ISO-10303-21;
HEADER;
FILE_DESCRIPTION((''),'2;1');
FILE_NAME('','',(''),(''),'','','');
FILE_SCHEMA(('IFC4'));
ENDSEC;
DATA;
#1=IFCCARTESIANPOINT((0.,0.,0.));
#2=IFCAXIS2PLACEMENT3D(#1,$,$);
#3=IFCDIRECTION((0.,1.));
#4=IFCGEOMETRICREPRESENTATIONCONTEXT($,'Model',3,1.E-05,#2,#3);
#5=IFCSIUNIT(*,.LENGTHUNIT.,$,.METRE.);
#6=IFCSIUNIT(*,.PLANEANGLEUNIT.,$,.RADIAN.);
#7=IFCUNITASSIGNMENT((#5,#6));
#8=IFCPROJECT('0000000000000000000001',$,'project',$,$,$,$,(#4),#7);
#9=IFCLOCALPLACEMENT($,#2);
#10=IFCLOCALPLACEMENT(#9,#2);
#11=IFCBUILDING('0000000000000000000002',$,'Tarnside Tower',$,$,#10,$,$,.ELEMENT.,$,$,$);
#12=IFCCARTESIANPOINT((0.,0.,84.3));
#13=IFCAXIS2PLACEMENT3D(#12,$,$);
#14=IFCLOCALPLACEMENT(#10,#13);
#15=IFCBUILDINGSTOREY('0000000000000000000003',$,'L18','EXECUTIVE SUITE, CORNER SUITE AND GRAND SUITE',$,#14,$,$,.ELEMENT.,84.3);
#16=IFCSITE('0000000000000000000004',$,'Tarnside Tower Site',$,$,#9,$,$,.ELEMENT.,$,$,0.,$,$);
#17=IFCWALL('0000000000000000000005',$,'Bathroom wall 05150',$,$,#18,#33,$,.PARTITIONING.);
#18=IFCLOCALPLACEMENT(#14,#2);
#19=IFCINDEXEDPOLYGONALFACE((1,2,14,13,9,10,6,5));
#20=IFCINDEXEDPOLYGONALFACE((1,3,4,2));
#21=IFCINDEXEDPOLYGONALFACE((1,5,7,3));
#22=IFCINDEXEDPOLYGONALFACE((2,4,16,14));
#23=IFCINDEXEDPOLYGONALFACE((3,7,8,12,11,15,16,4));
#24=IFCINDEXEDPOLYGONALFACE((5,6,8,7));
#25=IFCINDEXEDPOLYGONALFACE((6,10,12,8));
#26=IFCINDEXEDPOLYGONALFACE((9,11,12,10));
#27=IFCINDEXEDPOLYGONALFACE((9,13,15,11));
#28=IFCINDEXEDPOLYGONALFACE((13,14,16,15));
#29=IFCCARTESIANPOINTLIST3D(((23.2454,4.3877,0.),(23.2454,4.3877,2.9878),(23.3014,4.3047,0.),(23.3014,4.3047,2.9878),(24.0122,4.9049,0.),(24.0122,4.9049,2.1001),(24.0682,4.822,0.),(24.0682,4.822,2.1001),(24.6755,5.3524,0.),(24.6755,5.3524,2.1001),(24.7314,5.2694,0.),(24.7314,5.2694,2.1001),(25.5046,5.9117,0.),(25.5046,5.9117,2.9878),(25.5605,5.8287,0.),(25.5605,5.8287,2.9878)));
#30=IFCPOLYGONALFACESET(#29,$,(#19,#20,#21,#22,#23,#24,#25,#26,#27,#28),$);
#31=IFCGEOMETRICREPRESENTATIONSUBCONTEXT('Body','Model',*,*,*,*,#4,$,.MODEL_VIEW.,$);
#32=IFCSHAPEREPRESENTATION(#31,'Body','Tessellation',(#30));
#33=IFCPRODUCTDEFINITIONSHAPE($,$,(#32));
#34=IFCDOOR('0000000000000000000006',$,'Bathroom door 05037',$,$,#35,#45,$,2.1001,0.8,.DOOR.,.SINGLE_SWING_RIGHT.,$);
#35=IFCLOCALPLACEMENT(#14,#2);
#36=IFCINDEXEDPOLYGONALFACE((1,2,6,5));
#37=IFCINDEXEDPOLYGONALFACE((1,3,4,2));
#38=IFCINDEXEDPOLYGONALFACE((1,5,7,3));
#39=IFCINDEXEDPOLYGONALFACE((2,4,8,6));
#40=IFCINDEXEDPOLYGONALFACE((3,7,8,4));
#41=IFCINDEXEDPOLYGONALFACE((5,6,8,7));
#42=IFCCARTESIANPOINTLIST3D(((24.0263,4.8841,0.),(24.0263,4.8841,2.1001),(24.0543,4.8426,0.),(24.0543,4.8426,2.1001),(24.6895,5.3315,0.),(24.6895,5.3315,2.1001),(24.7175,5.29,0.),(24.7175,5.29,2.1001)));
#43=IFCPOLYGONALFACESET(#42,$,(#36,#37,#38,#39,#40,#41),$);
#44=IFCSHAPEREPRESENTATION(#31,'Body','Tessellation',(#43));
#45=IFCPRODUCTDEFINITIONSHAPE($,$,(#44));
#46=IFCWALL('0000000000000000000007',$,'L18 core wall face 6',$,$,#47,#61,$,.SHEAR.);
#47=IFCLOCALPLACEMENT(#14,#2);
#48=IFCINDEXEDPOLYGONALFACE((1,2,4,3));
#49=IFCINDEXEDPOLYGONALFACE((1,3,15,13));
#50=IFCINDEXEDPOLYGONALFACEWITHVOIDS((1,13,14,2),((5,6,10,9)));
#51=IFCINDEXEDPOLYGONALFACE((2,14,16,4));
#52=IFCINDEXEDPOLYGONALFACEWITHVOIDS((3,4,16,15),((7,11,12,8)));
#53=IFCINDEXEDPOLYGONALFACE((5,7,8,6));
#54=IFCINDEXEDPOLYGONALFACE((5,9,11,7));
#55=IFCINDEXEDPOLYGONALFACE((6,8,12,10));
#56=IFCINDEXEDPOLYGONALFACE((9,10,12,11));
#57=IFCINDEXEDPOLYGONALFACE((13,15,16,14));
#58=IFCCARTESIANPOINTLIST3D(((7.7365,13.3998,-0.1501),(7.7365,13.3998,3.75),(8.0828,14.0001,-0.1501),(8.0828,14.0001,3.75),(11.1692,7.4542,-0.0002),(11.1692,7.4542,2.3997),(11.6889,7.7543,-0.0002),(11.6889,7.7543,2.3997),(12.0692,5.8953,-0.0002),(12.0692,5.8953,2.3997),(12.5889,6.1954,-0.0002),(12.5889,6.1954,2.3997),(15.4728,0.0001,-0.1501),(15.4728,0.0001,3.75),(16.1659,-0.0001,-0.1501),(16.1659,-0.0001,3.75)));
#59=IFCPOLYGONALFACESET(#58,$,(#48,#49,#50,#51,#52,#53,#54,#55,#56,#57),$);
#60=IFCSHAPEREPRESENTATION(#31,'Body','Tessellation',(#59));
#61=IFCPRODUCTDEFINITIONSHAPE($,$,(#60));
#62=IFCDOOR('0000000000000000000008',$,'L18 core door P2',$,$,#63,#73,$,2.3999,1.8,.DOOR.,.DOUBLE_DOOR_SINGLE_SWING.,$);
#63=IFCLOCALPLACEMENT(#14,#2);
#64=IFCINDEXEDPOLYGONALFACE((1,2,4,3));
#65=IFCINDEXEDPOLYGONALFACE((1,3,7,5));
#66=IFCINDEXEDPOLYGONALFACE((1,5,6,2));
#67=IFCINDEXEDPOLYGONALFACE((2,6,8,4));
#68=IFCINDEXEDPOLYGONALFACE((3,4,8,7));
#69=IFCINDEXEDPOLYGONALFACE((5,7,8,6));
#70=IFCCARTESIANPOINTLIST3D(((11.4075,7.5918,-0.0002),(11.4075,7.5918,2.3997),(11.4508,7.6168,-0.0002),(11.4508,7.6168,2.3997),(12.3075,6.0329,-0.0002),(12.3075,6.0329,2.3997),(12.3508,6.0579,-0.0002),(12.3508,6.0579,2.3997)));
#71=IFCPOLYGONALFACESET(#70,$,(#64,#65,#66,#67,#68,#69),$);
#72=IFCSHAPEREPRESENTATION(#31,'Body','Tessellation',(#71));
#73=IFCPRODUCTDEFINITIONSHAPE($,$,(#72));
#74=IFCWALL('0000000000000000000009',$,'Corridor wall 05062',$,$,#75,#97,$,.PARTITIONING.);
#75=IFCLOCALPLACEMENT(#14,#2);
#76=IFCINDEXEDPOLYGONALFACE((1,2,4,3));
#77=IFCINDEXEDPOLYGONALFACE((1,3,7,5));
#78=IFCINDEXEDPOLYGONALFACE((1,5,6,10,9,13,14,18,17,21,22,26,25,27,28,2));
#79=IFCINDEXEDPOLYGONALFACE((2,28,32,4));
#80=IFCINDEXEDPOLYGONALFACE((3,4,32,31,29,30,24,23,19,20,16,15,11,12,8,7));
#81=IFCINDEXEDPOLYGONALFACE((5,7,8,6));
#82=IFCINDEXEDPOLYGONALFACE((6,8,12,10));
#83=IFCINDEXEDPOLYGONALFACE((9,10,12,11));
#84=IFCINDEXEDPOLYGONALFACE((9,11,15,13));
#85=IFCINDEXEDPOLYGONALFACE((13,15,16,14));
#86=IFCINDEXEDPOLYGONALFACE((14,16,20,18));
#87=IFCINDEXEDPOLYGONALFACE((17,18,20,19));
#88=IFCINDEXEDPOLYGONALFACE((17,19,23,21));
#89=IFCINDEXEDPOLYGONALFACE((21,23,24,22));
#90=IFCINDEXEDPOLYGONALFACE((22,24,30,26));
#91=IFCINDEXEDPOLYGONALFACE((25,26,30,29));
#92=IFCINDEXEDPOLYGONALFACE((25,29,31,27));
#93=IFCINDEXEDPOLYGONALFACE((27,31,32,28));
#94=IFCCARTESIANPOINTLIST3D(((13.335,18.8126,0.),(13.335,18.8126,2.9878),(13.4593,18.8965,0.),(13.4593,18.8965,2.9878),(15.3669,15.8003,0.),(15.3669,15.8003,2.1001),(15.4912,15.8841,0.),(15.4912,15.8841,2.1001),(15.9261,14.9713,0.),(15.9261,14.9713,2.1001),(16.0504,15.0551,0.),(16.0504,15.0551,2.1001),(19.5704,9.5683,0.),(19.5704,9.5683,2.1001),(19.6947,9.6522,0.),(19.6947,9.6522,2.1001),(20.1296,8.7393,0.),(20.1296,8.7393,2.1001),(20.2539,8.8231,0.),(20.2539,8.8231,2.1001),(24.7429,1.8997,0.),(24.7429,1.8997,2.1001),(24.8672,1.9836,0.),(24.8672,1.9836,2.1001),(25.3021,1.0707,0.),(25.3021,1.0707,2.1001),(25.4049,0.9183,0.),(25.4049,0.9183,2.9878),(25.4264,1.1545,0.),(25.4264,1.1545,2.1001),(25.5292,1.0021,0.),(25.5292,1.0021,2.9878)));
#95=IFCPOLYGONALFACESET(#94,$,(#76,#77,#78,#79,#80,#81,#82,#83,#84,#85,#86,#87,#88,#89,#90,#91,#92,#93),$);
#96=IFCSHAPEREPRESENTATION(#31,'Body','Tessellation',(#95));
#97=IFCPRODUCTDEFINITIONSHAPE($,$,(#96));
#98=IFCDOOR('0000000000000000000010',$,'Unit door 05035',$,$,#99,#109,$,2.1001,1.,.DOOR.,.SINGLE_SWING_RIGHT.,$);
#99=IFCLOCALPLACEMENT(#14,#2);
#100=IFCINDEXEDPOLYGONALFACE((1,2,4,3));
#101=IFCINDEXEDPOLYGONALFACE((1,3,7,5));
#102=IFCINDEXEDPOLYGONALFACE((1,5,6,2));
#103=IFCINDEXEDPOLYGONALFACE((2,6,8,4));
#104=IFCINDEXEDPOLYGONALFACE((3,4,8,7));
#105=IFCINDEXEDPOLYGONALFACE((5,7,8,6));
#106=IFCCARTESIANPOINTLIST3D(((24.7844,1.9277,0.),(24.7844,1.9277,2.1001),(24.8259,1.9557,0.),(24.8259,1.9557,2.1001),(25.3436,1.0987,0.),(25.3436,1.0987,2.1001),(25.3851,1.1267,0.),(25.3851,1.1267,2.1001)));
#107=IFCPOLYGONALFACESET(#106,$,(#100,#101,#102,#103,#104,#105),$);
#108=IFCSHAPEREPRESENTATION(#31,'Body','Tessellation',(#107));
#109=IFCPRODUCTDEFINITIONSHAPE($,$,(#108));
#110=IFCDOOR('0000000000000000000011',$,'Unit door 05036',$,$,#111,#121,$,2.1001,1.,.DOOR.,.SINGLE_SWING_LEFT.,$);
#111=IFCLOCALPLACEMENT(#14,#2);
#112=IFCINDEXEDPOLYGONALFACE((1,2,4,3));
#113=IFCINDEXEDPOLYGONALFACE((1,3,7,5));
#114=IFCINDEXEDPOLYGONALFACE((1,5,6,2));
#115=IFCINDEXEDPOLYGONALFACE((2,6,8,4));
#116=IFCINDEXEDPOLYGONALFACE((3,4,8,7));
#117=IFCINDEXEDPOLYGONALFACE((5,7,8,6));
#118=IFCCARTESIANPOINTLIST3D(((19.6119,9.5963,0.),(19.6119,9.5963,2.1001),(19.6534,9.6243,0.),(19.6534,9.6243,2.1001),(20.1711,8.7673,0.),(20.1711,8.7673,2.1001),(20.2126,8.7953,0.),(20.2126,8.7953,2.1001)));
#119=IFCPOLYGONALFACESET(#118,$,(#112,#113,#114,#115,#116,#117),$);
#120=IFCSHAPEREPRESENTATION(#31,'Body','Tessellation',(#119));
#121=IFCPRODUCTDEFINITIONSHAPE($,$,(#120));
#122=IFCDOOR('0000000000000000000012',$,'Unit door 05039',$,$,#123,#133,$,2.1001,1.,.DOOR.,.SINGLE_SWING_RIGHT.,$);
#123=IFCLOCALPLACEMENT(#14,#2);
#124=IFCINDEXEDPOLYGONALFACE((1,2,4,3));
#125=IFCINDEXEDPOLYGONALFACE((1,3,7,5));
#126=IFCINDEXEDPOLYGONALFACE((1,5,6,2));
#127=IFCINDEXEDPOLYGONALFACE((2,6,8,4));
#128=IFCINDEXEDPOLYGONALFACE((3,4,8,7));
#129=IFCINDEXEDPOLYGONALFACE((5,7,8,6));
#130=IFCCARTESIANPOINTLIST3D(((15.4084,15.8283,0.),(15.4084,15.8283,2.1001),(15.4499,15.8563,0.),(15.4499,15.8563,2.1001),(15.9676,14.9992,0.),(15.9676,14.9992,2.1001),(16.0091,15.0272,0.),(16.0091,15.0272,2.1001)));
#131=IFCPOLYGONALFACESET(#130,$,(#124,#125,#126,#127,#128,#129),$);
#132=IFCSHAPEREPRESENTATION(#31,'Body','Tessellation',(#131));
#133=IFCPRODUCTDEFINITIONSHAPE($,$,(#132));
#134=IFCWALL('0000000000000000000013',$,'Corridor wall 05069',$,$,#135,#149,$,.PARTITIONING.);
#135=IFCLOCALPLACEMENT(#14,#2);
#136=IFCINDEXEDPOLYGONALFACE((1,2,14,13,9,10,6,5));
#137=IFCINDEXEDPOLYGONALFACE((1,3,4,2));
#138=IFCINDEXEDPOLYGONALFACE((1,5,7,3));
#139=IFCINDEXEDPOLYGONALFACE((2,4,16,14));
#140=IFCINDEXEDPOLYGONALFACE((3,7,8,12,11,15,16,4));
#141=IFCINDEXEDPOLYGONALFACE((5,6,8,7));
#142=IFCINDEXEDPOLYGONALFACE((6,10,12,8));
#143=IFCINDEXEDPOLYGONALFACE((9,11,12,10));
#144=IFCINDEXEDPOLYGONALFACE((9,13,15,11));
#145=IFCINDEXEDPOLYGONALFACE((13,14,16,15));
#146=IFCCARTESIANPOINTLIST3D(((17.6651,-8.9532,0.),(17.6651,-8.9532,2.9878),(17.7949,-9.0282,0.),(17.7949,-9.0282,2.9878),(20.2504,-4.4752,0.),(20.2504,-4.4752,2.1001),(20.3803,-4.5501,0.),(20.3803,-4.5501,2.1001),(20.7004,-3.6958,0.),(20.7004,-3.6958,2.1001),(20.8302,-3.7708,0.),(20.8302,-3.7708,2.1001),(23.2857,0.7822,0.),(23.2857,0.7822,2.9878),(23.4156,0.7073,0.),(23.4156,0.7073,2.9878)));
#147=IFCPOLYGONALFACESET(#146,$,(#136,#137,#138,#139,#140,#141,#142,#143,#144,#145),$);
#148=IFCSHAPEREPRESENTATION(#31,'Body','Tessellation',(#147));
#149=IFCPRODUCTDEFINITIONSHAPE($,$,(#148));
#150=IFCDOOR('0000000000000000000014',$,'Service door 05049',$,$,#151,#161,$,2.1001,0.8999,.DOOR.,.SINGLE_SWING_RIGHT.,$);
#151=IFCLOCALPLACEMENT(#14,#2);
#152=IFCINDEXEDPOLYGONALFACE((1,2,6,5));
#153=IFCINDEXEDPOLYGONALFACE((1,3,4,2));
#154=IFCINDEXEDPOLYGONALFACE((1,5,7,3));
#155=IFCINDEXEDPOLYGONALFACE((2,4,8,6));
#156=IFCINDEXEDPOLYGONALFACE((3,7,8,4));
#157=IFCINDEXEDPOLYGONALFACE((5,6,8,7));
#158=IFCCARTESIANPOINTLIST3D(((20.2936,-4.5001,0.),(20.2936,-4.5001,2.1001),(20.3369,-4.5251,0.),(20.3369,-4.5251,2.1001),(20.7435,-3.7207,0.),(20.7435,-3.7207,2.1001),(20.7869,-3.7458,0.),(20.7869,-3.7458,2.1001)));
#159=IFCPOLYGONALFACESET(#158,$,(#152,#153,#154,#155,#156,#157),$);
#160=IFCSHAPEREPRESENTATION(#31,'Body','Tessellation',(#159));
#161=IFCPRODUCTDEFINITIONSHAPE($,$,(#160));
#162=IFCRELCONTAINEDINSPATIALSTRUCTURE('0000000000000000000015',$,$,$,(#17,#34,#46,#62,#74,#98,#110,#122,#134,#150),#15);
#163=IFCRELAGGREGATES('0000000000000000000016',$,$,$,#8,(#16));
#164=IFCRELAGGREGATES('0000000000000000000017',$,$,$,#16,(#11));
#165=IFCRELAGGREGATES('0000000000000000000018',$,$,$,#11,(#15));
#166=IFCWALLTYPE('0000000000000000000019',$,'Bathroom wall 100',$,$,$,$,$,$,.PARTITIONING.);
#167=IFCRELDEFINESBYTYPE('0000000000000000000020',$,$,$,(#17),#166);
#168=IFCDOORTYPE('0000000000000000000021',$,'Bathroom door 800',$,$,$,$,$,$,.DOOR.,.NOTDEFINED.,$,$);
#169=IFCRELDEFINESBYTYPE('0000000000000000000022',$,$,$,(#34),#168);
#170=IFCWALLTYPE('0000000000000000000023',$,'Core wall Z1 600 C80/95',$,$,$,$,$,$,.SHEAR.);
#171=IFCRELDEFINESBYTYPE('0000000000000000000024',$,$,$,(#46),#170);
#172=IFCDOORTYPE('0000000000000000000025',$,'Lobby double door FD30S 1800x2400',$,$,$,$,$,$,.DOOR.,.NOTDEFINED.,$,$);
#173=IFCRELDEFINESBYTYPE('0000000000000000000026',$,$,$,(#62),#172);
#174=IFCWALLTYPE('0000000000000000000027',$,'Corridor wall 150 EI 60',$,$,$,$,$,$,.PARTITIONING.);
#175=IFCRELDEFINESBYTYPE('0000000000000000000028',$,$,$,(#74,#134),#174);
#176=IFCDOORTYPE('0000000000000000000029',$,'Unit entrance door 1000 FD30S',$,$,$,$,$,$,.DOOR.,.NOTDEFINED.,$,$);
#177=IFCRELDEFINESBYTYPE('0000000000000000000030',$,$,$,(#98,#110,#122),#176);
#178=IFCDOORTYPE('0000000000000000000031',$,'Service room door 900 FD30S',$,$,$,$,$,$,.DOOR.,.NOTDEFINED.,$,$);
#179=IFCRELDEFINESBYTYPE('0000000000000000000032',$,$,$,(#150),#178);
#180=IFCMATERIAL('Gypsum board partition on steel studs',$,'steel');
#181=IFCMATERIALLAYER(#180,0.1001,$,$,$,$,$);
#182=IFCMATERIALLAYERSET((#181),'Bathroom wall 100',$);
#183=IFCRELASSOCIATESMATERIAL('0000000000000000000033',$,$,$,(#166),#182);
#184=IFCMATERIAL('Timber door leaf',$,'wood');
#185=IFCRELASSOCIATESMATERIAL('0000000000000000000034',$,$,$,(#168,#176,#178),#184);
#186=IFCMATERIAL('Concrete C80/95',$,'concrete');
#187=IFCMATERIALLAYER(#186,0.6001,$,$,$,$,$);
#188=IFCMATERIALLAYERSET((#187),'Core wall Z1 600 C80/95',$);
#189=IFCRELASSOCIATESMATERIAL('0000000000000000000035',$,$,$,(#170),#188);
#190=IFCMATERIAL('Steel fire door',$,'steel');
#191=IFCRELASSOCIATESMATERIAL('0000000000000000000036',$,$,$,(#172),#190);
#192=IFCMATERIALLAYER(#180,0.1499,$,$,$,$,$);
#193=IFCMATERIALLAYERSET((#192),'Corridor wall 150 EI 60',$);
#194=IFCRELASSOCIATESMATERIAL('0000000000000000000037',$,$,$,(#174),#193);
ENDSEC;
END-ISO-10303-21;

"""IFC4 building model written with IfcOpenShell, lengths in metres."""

from ifc_helpers import new_model, si_unit, direction, frame, frame_2d, origin, place, context, subcontext, project, spatial, polyline, rectangle, outline, extrude, material, layer, layer_set, type_object, element, fill, save


model = new_model("IFC4")

# Units and contexts
model_context = context("Model", 3, precision=1e-05, world=origin(), true_north=direction((0.0, 1.0)))
body_context = subcontext(model_context, "Body", "Model", "MODEL_VIEW")
ifc_project = project(units=[si_unit("LENGTHUNIT", "METRE"), si_unit("PLANEANGLEUNIT", "RADIAN")], contexts=[model_context])

# Site, building, storey
site_placement = place(None, origin())
site = spatial("IfcSite", under=ifc_project, at=site_placement, Name="Tarnside Tower Site", CompositionType="ELEMENT", RefElevation=0.0)
building_placement = place(site_placement, origin())
building = spatial("IfcBuilding", under=site, at=building_placement, Name="Tarnside Tower", CompositionType="ELEMENT")
storey_placement = place(building_placement, frame((0.0, 0.0, 84.3)))
storey = spatial("IfcBuildingStorey", under=building, at=storey_placement, Name="L18", Description="EXECUTIVE SUITE, CORNER SUITE AND GRAND SUITE", CompositionType="ELEMENT", Elevation=84.3)

# Walls, openings, doors
ifc_material_1 = material(Name="Gypsum board partition on steel studs", Category="steel")
ifc_layer_1 = layer(ifc_material_1, 0.1001)
ifc_layer_set_1 = layer_set([ifc_layer_1], Name="Bathroom wall 100")
wall_type_1 = type_object("IfcWallType", Name="Bathroom wall 100", PredefinedType="PARTITIONING", material=ifc_layer_set_1)
wall_1_placement = place(storey_placement, frame((23.2734, 4.3462, 0.0), z_axis=(0.0, 0.0, 1.0), x_axis=(0.829005, 0.55924, 0.0)))
wall_1 = element("IfcWall", 1, at=wall_1_placement, inside=storey, type_object=wall_type_1, Name="Bathroom wall 05150", PredefinedType="PARTITIONING", context=body_context, shape_type="SweptSolid", body=[
    extrude(rectangle(XDim=2.7251, YDim=0.1001, at=frame_2d((1.3625, 0.0))), origin(), (0.0, 0.0, 1.0), 2.9878),
])
opening_1_placement = place(wall_1_placement, frame((0.925, 0.0, 0.0)))
opening_1 = element("IfcOpeningElement", 2, at=opening_1_placement, cuts=wall_1, PredefinedType="OPENING", context=body_context, shape_type="SweptSolid", body=[
    extrude(rectangle(XDim=0.8, YDim=2.1001, at=frame_2d((0.3999, 1.05))), frame((0.0, 0.0601, 0.0), z_axis=(0.0, -1.0, 0.0), x_axis=(1.0, 0.0, 0.0)), (0.0, 0.0, 1.0), 0.1201),
])
ifc_material_2 = material(Name="Timber door leaf", Category="wood")
door_type_1 = type_object("IfcDoorType", Name="Bathroom door 800", OperationType="NOTDEFINED", PredefinedType="DOOR", material=ifc_material_2)
door_1_placement = place(opening_1_placement, origin())
door_1 = element("IfcDoor", 3, at=door_1_placement, inside=storey, type_object=door_type_1, Name="Bathroom door 05037", OperationType="SINGLE_SWING_RIGHT", OverallHeight=2.1001, OverallWidth=0.8, PredefinedType="DOOR", context=body_context, shape_type="SweptSolid", body=[
    extrude(rectangle(XDim=0.8, YDim=2.1001, at=frame_2d((0.3999, 1.05))), frame((0.0, 0.0249, 0.0), z_axis=(0.0, -1.0, 0.0), x_axis=(1.0, 0.0, 0.0)), (0.0, 0.0, 1.0), 0.05),
])
fill(opening_1, door_1)
ifc_material_3 = material(Name="Concrete C80/95", Category="concrete")
ifc_layer_2 = layer(ifc_material_3, 0.6001)
ifc_layer_set_2 = layer_set([ifc_layer_2], Name="Core wall Z1 600 C80/95")
wall_type_2 = type_object("IfcWallType", Name="Core wall Z1 600 C80/95", PredefinedType="SHEAR", material=ifc_layer_set_2)
wall_2_placement = place(storey_placement, frame((15.8193, 0.0, -0.1501), z_axis=(0.0, 0.0, 1.0), x_axis=(-0.5, 0.866025, 0.0)))
wall_2 = element("IfcWall", 4, at=wall_2_placement, inside=storey, type_object=wall_type_2, Name="L18 core wall face 6", PredefinedType="SHEAR", context=body_context, shape_type="SweptSolid", body=[
    extrude(outline(polyline([(-0.1733, -0.3), (15.9927, -0.3), (15.646, 0.3), (0.1733, 0.3), (-0.1733, -0.3)])), origin(), (0.0, 0.0, 1.0), 3.9001),
])
opening_2_placement = place(wall_2_placement, frame((6.9807, 0.0, 0.1499)))
opening_2 = element("IfcOpeningElement", 5, at=opening_2_placement, cuts=wall_2, PredefinedType="OPENING", context=body_context, shape_type="SweptSolid", body=[
    extrude(rectangle(XDim=1.8, YDim=2.3999, at=frame_2d((0.8999, 1.2))), frame((0.0, 0.3101, 0.0), z_axis=(0.0, -1.0, 0.0), x_axis=(1.0, 0.0, 0.0)), (0.0, 0.0, 1.0), 0.6201),
])
ifc_material_4 = material(Name="Steel fire door", Category="steel")
door_type_2 = type_object("IfcDoorType", Name="Lobby double door FD30S 1800x2400", OperationType="NOTDEFINED", PredefinedType="DOOR", material=ifc_material_4)
door_2_placement = place(opening_2_placement, origin())
door_2 = element("IfcDoor", 6, at=door_2_placement, inside=storey, type_object=door_type_2, Name="L18 core door P2", OperationType="DOUBLE_DOOR_SINGLE_SWING", OverallHeight=2.3999, OverallWidth=1.8, PredefinedType="DOOR", context=body_context, shape_type="SweptSolid", body=[
    extrude(rectangle(XDim=1.8, YDim=2.3999, at=frame_2d((0.8999, 1.2))), frame((0.0, 0.0249, 0.0), z_axis=(0.0, -1.0, 0.0), x_axis=(1.0, 0.0, 0.0)), (0.0, 0.0, 1.0), 0.05),
])
fill(opening_2, door_2)

# Wall, openings, doors
ifc_layer_3 = layer(ifc_material_1, 0.1499)
ifc_layer_set_3 = layer_set([ifc_layer_3], Name="Corridor wall 150 EI 60")
wall_type_3 = type_object("IfcWallType", Name="Corridor wall 150 EI 60", PredefinedType="PARTITIONING", material=ifc_layer_set_3)
wall_3_placement = place(storey_placement, frame((25.467, 0.9602, 0.0), z_axis=(0.0, 0.0, 1.0), x_axis=(-0.559192, 0.829038, 0.0)))
wall_3 = element("IfcWall", 7, at=wall_3_placement, inside=storey, type_object=wall_type_3, Name="Corridor wall 05062", PredefinedType="PARTITIONING", context=body_context, shape_type="SweptSolid", body=[
    extrude(rectangle(XDim=21.5845, YDim=0.1499, at=frame_2d((10.7922, 0.0))), origin(), (0.0, 0.0, 1.0), 2.9878),
])
opening_3_placement = place(wall_3_placement, frame((0.1838, 0.0, 0.0)))
opening_3 = element("IfcOpeningElement", 8, at=opening_3_placement, cuts=wall_3, PredefinedType="OPENING", context=body_context, shape_type="SweptSolid", body=[
    extrude(rectangle(XDim=1.0, YDim=2.1001, at=frame_2d((0.5, 1.05))), frame((0.0, 0.085, 0.0), z_axis=(0.0, -1.0, 0.0), x_axis=(1.0, 0.0, 0.0)), (0.0, 0.0, 1.0), 0.1699),
])
opening_4_placement = place(wall_3_placement, frame((9.4338, 0.0, 0.0)))
opening_4 = element("IfcOpeningElement", 9, at=opening_4_placement, cuts=wall_3, PredefinedType="OPENING", context=body_context, shape_type="SweptSolid", body=[
    extrude(rectangle(XDim=1.0, YDim=2.1001, at=frame_2d((0.5, 1.05))), frame((0.0, 0.085, 0.0), z_axis=(0.0, -1.0, 0.0), x_axis=(1.0, 0.0, 0.0)), (0.0, 0.0, 1.0), 0.1699),
])
opening_5_placement = place(wall_3_placement, frame((16.9509, 0.0, 0.0)))
opening_5 = element("IfcOpeningElement", 10, at=opening_5_placement, cuts=wall_3, PredefinedType="OPENING", context=body_context, shape_type="SweptSolid", body=[
    extrude(rectangle(XDim=1.0, YDim=2.1001, at=frame_2d((0.5, 1.05))), frame((0.0, 0.085, 0.0), z_axis=(0.0, -1.0, 0.0), x_axis=(1.0, 0.0, 0.0)), (0.0, 0.0, 1.0), 0.1699),
])
door_type_3 = type_object("IfcDoorType", Name="Unit entrance door 1000 FD30S", OperationType="NOTDEFINED", PredefinedType="DOOR", material=ifc_material_2)
door_3_placement = place(opening_3_placement, origin())
door_3 = element("IfcDoor", 11, at=door_3_placement, inside=storey, type_object=door_type_3, Name="Unit door 05035", OperationType="SINGLE_SWING_RIGHT", OverallHeight=2.1001, OverallWidth=1.0, PredefinedType="DOOR", context=body_context, shape_type="SweptSolid", body=[
    extrude(rectangle(XDim=1.0, YDim=2.1001, at=frame_2d((0.5, 1.05))), frame((0.0, 0.0249, 0.0), z_axis=(0.0, -1.0, 0.0), x_axis=(1.0, 0.0, 0.0)), (0.0, 0.0, 1.0), 0.05),
])
fill(opening_3, door_3)
door_4_placement = place(opening_4_placement, origin())
door_4 = element("IfcDoor", 12, at=door_4_placement, inside=storey, type_object=door_type_3, Name="Unit door 05036", OperationType="SINGLE_SWING_LEFT", OverallHeight=2.1001, OverallWidth=1.0, PredefinedType="DOOR", context=body_context, shape_type="SweptSolid", body=[
    extrude(rectangle(XDim=1.0, YDim=2.1001, at=frame_2d((0.5, 1.05))), frame((0.0, 0.0249, 0.0), z_axis=(0.0, -1.0, 0.0), x_axis=(1.0, 0.0, 0.0)), (0.0, 0.0, 1.0), 0.05),
])
fill(opening_4, door_4)
door_5_placement = place(opening_5_placement, origin())
door_5 = element("IfcDoor", 13, at=door_5_placement, inside=storey, type_object=door_type_3, Name="Unit door 05039", OperationType="SINGLE_SWING_RIGHT", OverallHeight=2.1001, OverallWidth=1.0, PredefinedType="DOOR", context=body_context, shape_type="SweptSolid", body=[
    extrude(rectangle(XDim=1.0, YDim=2.1001, at=frame_2d((0.5, 1.05))), frame((0.0, 0.0249, 0.0), z_axis=(0.0, -1.0, 0.0), x_axis=(1.0, 0.0, 0.0)), (0.0, 0.0, 1.0), 0.05),
])
fill(opening_5, door_5)

# Wall, opening, door
wall_4_placement = place(storey_placement, frame((23.3506, 0.7446, 0.0), z_axis=(0.0, 0.0, 1.0), x_axis=(-0.499993, -0.866029, 0.0)))
wall_4 = element("IfcWall", 14, at=wall_4_placement, inside=storey, type_object=wall_type_3, Name="Corridor wall 05069", PredefinedType="PARTITIONING", context=body_context, shape_type="SweptSolid", body=[
    extrude(rectangle(XDim=11.2415, YDim=0.1499, at=frame_2d((5.6206, 0.0))), origin(), (0.0, 0.0, 1.0), 2.9878),
])
opening_6_placement = place(wall_4_placement, frame((5.1707, 0.0, 0.0)))
opening_6 = element("IfcOpeningElement", 15, at=opening_6_placement, cuts=wall_4, PredefinedType="OPENING", context=body_context, shape_type="SweptSolid", body=[
    extrude(rectangle(XDim=0.8999, YDim=2.1001, at=frame_2d((0.45, 1.05))), frame((0.0, 0.085, 0.0), z_axis=(0.0, -1.0, 0.0), x_axis=(1.0, 0.0, 0.0)), (0.0, 0.0, 1.0), 0.1699),
])
door_type_4 = type_object("IfcDoorType", Name="Service room door 900 FD30S", OperationType="NOTDEFINED", PredefinedType="DOOR", material=ifc_material_2)
door_6_placement = place(opening_6_placement, origin())
door_6 = element("IfcDoor", 16, at=door_6_placement, inside=storey, type_object=door_type_4, Name="Service door 05049", OperationType="SINGLE_SWING_RIGHT", OverallHeight=2.1001, OverallWidth=0.8999, PredefinedType="DOOR", context=body_context, shape_type="SweptSolid", body=[
    extrude(rectangle(XDim=0.8999, YDim=2.1001, at=frame_2d((0.45, 1.05))), frame((0.0, 0.0249, 0.0), z_axis=(0.0, -1.0, 0.0), x_axis=(1.0, 0.0, 0.0)), (0.0, 0.0, 1.0), 0.05),
])
fill(opening_6, door_6)

save(model, "model.ifc")
